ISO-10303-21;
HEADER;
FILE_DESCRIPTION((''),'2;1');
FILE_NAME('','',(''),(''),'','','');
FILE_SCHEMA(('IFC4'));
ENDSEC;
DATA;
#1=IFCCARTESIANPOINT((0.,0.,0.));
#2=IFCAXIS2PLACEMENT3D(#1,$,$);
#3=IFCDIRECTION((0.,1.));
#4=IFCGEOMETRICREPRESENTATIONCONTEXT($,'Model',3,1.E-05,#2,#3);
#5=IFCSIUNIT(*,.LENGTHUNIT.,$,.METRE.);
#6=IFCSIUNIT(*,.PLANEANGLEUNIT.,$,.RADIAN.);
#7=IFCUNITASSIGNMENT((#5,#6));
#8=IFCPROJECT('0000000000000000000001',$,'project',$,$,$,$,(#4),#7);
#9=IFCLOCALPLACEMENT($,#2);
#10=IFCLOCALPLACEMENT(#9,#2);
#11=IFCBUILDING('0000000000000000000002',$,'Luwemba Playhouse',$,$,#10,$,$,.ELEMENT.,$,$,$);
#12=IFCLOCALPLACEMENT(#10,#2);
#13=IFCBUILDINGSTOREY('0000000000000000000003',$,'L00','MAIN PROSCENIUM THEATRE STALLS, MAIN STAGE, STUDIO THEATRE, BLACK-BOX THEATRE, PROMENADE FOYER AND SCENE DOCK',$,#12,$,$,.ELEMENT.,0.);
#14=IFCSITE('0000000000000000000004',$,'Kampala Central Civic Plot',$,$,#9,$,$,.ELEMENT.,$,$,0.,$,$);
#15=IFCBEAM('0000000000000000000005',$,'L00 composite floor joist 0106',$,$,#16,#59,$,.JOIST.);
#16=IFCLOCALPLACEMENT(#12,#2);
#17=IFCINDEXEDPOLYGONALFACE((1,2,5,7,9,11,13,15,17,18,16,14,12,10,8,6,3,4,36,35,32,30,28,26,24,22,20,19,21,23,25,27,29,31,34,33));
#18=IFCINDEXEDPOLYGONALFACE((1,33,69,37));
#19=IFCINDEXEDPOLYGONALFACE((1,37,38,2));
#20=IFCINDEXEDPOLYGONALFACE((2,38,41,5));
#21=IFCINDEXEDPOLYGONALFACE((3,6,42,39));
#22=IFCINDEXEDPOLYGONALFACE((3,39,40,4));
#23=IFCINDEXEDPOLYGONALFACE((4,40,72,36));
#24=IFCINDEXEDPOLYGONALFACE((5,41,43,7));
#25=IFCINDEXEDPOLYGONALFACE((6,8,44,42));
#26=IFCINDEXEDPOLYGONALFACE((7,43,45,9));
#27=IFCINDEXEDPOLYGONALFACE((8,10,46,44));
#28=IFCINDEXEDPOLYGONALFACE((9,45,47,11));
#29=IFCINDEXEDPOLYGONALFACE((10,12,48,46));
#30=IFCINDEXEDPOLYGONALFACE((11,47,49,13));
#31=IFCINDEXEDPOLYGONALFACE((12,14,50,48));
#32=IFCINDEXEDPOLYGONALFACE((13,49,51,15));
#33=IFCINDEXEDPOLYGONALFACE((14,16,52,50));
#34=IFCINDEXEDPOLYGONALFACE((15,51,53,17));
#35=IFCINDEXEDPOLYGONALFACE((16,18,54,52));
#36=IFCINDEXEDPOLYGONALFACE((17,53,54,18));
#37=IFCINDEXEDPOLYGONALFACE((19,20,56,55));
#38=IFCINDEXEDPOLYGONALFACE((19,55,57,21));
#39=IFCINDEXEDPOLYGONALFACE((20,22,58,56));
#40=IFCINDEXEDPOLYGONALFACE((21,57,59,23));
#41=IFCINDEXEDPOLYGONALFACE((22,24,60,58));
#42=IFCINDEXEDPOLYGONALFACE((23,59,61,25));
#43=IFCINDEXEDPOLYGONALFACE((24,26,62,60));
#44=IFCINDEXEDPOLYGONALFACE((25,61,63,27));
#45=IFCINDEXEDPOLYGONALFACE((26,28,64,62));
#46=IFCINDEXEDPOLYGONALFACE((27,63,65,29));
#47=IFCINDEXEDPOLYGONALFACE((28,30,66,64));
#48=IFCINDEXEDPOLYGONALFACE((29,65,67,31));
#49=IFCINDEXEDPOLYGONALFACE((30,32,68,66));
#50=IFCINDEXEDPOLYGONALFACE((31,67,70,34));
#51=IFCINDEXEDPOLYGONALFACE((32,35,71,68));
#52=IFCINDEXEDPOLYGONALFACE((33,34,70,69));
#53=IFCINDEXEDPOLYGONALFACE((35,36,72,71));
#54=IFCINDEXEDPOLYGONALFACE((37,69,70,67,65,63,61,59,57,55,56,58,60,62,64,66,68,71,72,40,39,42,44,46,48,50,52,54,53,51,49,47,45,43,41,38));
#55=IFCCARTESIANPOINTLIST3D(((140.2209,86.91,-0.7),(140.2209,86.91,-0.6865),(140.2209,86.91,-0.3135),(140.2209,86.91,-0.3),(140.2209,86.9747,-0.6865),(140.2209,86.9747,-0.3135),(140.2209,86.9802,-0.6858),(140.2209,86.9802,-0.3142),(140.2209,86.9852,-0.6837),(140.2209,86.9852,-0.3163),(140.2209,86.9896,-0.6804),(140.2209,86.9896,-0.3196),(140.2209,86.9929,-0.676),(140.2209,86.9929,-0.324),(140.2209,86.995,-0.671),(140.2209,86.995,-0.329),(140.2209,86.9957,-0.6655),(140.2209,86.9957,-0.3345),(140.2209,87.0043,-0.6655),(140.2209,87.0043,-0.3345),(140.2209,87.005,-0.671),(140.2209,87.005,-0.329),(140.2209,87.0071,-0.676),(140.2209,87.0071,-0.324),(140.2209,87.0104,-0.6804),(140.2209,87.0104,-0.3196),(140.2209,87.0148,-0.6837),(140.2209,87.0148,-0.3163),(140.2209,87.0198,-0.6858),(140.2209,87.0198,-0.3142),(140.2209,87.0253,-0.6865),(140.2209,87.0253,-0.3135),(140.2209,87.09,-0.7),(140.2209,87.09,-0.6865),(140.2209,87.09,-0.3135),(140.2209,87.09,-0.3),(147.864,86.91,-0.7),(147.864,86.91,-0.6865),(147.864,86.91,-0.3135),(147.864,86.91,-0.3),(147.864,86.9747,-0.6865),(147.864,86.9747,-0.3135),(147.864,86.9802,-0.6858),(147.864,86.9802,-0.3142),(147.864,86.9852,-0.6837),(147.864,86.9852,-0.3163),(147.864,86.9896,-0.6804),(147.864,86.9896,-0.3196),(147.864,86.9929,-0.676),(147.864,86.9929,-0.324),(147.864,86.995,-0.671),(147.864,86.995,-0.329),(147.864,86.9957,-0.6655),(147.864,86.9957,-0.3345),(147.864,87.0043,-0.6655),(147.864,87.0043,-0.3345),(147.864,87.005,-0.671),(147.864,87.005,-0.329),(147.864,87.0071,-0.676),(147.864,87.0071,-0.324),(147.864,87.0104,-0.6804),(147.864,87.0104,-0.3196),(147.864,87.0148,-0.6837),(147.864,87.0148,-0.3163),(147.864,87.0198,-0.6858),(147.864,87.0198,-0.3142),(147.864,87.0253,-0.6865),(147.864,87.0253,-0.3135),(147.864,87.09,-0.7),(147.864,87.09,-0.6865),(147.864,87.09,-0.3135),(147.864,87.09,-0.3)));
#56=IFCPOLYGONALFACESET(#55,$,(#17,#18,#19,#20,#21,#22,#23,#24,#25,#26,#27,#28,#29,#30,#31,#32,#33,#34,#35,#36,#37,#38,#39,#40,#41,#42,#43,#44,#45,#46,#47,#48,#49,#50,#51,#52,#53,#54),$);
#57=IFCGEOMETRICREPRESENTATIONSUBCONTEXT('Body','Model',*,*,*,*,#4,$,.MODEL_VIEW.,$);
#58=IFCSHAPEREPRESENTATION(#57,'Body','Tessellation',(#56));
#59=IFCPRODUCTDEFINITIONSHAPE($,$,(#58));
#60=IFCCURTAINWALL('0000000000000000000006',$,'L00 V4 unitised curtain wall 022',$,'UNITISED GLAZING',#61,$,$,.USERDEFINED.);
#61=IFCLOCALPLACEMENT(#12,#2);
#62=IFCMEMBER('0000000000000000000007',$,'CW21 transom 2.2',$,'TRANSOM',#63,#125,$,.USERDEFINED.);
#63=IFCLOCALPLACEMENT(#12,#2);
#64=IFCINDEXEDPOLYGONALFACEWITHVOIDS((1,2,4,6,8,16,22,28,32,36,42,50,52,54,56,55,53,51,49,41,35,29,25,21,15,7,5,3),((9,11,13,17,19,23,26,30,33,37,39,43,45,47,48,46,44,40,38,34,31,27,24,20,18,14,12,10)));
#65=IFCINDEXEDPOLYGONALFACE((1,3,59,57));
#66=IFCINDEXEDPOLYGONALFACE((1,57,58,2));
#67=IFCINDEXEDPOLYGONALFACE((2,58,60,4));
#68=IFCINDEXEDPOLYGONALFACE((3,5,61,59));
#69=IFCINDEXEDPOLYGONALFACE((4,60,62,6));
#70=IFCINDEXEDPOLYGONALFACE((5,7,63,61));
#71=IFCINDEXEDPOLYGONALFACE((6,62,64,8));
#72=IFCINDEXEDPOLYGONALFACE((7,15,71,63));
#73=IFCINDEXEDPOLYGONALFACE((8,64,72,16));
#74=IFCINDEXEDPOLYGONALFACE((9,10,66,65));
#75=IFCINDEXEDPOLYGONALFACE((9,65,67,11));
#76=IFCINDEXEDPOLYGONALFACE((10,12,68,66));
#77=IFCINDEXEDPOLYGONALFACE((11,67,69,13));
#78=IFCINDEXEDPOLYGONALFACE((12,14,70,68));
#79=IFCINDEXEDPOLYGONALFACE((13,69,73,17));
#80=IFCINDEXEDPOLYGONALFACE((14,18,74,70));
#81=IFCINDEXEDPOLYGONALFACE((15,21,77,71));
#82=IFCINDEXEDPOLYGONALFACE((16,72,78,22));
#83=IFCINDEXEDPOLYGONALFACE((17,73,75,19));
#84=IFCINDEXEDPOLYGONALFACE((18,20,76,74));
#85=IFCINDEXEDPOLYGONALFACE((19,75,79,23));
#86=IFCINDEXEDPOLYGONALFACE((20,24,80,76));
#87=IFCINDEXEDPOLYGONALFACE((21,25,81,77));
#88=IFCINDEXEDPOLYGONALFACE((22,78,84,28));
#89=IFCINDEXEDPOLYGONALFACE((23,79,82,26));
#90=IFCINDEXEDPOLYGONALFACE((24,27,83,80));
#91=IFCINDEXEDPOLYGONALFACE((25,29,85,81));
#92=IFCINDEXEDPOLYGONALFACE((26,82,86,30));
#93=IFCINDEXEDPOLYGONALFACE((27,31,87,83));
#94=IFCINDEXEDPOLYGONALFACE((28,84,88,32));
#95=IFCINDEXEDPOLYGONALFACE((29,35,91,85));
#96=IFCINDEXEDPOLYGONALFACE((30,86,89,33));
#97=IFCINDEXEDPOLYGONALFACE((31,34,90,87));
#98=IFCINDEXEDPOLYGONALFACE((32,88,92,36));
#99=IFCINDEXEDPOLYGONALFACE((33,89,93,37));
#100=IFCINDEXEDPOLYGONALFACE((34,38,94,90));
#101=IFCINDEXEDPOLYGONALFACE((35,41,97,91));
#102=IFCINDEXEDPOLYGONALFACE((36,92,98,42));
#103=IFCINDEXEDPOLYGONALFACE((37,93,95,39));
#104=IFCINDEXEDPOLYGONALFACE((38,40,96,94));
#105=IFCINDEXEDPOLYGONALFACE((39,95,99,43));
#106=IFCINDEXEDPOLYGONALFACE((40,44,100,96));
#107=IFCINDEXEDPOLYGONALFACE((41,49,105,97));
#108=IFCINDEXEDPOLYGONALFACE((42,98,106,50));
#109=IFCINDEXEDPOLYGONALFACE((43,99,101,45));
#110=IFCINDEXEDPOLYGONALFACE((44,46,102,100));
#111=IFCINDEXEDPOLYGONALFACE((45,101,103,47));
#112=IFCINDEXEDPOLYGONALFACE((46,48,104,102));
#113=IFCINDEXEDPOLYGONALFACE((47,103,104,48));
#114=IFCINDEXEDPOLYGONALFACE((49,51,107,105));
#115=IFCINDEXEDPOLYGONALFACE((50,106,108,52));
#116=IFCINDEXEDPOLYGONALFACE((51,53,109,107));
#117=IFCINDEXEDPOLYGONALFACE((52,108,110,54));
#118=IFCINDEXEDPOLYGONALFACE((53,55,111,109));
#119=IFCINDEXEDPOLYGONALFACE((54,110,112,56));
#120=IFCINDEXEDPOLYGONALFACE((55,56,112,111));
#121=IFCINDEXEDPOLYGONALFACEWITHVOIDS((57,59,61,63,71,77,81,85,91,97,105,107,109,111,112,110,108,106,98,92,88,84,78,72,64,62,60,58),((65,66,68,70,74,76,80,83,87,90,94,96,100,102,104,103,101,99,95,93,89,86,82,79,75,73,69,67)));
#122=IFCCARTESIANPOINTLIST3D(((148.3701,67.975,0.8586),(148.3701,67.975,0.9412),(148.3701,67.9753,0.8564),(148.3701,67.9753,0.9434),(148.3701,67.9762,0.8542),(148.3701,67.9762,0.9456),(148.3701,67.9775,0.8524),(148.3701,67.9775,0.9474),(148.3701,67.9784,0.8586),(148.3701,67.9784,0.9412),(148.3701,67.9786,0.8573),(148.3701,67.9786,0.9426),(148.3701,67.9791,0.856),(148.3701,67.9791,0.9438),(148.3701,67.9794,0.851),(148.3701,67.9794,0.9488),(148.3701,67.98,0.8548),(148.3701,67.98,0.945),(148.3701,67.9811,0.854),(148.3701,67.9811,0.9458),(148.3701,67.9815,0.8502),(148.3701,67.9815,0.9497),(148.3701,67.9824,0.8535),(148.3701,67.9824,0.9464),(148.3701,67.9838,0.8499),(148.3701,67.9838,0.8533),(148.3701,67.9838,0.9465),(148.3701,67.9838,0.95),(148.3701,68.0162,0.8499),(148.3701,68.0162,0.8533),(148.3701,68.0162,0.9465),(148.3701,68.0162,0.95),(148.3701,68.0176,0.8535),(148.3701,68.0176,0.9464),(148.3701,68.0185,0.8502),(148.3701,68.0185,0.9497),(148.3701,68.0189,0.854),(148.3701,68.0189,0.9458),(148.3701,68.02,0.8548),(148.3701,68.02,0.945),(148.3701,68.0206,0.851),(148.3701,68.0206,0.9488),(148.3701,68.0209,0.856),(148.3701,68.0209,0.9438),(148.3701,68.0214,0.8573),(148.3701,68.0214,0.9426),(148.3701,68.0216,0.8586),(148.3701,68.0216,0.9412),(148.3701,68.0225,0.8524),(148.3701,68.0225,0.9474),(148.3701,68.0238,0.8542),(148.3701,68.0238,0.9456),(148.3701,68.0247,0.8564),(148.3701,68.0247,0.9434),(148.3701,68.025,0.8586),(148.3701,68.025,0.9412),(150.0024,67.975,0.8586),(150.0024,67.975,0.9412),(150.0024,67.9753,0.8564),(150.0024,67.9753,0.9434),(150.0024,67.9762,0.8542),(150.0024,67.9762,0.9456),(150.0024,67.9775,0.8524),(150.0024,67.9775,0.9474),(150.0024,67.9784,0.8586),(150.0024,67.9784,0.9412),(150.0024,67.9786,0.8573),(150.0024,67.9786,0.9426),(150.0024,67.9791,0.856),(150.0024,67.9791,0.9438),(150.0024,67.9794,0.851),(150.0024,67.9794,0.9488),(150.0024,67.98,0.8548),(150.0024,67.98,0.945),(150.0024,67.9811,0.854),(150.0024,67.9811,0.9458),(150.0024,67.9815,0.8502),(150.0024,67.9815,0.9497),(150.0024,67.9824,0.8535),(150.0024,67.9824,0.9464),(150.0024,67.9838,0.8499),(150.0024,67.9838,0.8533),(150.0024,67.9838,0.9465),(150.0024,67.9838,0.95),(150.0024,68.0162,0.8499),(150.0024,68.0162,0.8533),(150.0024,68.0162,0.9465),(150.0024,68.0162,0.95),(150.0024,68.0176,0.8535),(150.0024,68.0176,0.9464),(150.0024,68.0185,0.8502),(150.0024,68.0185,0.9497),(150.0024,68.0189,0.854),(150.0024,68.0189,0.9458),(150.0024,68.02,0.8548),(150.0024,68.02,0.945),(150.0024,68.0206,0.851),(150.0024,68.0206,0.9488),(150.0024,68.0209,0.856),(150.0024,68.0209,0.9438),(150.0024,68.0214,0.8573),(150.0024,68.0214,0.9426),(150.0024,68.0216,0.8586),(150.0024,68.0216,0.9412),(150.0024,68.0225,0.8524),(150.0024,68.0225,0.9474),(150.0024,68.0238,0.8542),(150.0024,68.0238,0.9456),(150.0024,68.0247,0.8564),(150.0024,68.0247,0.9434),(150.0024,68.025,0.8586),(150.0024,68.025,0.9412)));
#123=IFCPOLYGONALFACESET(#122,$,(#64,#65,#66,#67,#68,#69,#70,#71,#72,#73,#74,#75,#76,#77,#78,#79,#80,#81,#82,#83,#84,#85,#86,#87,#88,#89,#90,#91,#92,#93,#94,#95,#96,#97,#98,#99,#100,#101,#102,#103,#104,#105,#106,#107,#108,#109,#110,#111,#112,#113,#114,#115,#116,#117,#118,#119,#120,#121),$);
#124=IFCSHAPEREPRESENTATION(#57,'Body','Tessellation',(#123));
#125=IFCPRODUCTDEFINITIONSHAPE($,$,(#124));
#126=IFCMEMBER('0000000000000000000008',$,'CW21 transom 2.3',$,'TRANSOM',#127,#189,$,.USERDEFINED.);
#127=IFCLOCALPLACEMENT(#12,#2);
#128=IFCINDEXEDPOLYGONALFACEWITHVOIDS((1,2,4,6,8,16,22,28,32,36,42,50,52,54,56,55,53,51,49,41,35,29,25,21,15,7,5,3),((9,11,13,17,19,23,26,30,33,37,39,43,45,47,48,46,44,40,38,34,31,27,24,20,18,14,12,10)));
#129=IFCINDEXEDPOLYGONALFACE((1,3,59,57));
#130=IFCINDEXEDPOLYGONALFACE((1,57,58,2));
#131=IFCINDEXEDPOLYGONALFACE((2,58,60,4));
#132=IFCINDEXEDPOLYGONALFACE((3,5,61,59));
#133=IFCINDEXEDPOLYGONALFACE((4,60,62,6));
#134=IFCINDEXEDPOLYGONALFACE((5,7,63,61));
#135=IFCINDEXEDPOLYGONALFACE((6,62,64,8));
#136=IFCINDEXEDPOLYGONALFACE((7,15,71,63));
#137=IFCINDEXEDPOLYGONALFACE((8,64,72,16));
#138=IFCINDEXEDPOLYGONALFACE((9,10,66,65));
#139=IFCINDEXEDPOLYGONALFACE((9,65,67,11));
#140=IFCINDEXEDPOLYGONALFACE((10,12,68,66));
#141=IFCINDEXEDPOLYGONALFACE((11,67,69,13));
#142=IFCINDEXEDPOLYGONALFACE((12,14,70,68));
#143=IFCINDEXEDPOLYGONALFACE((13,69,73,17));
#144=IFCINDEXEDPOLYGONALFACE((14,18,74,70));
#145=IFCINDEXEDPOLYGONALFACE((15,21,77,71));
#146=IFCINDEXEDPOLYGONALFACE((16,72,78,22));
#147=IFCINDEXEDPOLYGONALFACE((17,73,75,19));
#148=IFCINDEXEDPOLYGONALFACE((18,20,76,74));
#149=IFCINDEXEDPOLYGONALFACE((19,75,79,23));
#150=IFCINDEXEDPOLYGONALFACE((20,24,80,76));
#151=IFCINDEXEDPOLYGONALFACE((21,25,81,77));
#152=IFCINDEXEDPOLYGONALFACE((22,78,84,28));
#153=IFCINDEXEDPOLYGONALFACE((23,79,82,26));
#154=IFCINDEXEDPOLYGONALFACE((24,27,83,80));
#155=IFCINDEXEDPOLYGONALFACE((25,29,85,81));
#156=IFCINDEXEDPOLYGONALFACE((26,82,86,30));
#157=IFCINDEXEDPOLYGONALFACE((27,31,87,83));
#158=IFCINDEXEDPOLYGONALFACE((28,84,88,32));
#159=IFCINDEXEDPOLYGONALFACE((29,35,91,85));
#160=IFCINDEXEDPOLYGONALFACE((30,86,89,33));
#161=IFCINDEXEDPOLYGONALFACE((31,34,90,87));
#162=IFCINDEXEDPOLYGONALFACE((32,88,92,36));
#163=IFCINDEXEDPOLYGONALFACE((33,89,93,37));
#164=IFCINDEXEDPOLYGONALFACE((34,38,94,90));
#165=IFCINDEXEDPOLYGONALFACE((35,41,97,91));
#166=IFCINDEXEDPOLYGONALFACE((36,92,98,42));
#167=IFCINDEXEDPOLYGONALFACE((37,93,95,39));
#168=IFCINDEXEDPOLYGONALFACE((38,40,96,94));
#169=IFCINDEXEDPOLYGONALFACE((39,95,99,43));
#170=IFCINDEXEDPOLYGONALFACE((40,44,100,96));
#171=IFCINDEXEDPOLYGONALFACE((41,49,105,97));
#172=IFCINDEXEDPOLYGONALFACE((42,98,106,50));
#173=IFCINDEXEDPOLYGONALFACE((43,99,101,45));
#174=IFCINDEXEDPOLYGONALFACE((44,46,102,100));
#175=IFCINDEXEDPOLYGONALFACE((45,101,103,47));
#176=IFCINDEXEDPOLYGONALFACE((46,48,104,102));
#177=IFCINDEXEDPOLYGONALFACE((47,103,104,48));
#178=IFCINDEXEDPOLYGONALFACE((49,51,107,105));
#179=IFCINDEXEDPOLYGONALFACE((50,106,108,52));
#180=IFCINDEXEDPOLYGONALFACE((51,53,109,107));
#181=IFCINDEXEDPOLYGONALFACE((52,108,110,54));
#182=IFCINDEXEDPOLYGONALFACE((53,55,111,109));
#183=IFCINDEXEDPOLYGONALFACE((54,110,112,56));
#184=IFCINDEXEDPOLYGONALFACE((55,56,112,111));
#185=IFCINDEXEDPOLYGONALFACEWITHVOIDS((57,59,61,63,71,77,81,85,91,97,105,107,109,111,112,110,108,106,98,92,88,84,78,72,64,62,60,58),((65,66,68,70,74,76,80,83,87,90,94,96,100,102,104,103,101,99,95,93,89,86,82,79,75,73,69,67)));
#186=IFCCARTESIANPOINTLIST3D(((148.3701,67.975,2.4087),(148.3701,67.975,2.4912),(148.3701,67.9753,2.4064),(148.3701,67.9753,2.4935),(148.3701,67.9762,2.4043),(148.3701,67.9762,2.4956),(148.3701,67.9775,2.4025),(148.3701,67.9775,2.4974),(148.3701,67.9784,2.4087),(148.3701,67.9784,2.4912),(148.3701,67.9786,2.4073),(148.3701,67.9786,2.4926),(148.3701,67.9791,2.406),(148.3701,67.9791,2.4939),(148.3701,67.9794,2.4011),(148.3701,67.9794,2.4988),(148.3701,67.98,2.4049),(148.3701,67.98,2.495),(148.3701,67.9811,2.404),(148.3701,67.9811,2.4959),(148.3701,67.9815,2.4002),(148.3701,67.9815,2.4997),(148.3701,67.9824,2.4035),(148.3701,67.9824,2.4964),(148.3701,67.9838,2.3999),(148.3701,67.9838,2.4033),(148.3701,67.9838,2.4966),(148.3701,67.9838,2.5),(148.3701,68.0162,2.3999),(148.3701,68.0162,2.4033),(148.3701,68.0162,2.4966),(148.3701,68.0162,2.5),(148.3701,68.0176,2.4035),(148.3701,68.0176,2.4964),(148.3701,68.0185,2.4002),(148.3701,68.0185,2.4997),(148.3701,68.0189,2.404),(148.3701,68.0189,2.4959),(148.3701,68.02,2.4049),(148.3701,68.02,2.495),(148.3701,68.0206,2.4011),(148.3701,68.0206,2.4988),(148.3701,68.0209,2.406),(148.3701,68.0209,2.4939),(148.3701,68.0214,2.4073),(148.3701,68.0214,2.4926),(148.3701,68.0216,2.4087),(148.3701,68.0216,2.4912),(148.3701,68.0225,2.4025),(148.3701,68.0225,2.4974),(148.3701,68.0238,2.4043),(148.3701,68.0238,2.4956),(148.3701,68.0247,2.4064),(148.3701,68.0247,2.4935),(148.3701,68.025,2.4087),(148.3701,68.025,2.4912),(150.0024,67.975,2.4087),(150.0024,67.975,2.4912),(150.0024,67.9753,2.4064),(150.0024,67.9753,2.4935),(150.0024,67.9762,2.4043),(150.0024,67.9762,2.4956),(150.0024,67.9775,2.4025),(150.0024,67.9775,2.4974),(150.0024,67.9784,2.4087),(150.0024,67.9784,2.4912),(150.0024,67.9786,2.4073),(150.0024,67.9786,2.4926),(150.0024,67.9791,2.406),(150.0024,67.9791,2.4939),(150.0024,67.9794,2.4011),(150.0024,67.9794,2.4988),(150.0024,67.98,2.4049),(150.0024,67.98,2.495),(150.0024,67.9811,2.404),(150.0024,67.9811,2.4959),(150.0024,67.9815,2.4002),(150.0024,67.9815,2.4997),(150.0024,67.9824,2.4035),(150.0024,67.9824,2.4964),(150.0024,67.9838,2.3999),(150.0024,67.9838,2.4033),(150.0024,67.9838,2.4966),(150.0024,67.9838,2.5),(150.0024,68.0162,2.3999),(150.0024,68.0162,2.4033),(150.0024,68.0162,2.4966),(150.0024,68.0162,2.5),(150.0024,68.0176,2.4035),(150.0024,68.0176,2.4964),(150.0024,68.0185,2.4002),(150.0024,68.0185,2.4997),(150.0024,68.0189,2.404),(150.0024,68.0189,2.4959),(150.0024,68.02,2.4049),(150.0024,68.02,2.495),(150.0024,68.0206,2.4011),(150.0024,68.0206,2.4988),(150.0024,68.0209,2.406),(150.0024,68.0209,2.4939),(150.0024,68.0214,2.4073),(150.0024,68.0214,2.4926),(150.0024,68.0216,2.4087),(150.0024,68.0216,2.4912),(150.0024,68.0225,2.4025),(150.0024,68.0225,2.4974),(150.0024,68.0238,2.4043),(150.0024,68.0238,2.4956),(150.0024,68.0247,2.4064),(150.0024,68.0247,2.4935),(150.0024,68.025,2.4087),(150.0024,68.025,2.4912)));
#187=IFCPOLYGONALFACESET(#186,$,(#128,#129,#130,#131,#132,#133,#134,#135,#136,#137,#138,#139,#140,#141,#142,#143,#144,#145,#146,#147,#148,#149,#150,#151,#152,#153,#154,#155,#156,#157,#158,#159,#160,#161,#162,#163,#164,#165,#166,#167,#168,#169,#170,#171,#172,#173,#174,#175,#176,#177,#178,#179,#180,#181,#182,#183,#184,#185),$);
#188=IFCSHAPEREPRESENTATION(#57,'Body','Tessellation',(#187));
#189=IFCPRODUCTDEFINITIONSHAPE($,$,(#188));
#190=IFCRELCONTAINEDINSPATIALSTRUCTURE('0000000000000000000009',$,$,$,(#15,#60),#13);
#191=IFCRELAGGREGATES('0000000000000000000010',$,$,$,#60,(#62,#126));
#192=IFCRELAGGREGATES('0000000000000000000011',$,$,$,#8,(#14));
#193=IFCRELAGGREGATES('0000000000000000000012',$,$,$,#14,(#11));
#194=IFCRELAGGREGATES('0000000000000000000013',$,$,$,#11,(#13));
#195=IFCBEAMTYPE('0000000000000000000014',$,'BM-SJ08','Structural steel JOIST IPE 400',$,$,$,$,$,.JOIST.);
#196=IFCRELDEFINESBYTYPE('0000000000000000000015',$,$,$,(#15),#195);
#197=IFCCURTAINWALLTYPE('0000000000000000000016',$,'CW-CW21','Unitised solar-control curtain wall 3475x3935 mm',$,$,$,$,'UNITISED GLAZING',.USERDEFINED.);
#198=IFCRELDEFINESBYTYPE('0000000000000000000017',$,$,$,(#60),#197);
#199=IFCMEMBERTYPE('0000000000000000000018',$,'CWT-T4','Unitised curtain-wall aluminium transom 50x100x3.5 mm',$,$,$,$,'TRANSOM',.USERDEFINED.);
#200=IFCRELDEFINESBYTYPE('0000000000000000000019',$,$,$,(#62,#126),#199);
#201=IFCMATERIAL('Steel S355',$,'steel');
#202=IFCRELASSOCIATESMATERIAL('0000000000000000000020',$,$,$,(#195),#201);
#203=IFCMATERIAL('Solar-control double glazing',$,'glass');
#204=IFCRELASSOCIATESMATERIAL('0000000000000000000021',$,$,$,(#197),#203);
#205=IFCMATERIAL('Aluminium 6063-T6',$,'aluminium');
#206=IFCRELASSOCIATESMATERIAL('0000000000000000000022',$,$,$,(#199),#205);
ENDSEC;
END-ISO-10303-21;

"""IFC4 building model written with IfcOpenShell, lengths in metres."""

from ifc_helpers import new_model, si_unit, direction, frame, origin, origin_2d, place, context, subcontext, project, spatial, hollow_rectangle, i_section, extrude, material, material_profile, profile_set, type_object, element, aggregate, save


model = new_model("IFC4")

# Units and contexts
model_context = context("Model", 3, precision=1e-05, world=origin(), true_north=direction((0.0, 1.0)))
body_context = subcontext(model_context, "Body", "Model", "MODEL_VIEW")
ifc_project = project(units=[si_unit("LENGTHUNIT", "METRE"), si_unit("PLANEANGLEUNIT", "RADIAN")], contexts=[model_context])

# Site, building, storey
site_placement = place(None, origin())
site = spatial("IfcSite", under=ifc_project, at=site_placement, Name="Kampala Central Civic Plot", CompositionType="ELEMENT", RefElevation=0.0)
building_placement = place(site_placement, origin())
building = spatial("IfcBuilding", under=site, at=building_placement, Name="Luwemba Playhouse", CompositionType="ELEMENT")
storey_placement = place(building_placement, origin())
storey = spatial("IfcBuildingStorey", under=building, at=storey_placement, Name="L00", Description="MAIN PROSCENIUM THEATRE STALLS, MAIN STAGE, STUDIO THEATRE, BLACK-BOX THEATRE, PROMENADE FOYER AND SCENE DOCK", CompositionType="ELEMENT", Elevation=0.0)

# Beam
ifc_material_1 = material(Name="Steel S355", Category="steel")
ifc_material_profile_1 = material_profile(ifc_material_1, i_section(OverallWidth=0.1799, OverallDepth=0.3999, WebThickness=0.0085, FlangeThickness=0.0134, FilletRadius=0.021, at=origin_2d()))
ifc_profile_set_1 = profile_set([ifc_material_profile_1], Name="Steel S355")
beam_type_1 = type_object("IfcBeamType", Name="BM-SJ08", Description="Structural steel JOIST IPE 400", PredefinedType="JOIST", material=ifc_profile_set_1)
beam_1_placement = place(storey_placement, frame((140.2209, 87.0, -0.5), z_axis=(1.0, 0.0, 0.0), x_axis=(0.0, 1.0, 0.0)))
element("IfcBeam", 1, at=beam_1_placement, inside=storey, type_object=beam_type_1, Name="L00 composite floor joist 0106", PredefinedType="JOIST", context=body_context, shape_type="SweptSolid", body=[
    extrude(i_section(OverallWidth=0.1799, OverallDepth=0.3999, WebThickness=0.0085, FlangeThickness=0.0134, FilletRadius=0.021, at=origin_2d()), origin(), (0.0, 0.0, 1.0), 7.6431),
])

# Curtain wall, members
ifc_material_2 = material(Name="Solar-control double glazing", Category="glass")
curtain_wall_type = type_object("IfcCurtainWallType", Name="CW-CW21", Description="Unitised solar-control curtain wall 3475x3935 mm", ElementType="UNITISED GLAZING", PredefinedType="USERDEFINED", material=ifc_material_2)
curtain_wall_placement = place(storey_placement, origin())
curtain_wall = element("IfcCurtainWall", 2, at=curtain_wall_placement, inside=storey, type_object=curtain_wall_type, Name="L00 V4 unitised curtain wall 022", ObjectType="UNITISED GLAZING", PredefinedType="USERDEFINED")
ifc_material_3 = material(Name="Aluminium 6063-T6", Category="aluminium")
ifc_material_profile_2 = material_profile(ifc_material_3, hollow_rectangle(XDim=0.05, YDim=0.1001, WallThickness=0.0034, InnerFilletRadius=0.0054, OuterFilletRadius=0.0088, at=origin_2d()))
ifc_profile_set_2 = profile_set([ifc_material_profile_2], Name="Aluminium 6063-T6")
member_type = type_object("IfcMemberType", Name="CWT-T4", Description="Unitised curtain-wall aluminium transom 50x100x3.5 mm", ElementType="TRANSOM", PredefinedType="USERDEFINED", material=ifc_profile_set_2)
member_1_placement = place(storey_placement, frame((150.0024, 68.0, 0.8999), z_axis=(-1.0, 0.0, 0.0), x_axis=(0.0, -1.0, 0.0)))
member_1 = element("IfcMember", 3, at=member_1_placement, type_object=member_type, Name="CW21 transom 2.2", ObjectType="TRANSOM", PredefinedType="USERDEFINED", context=body_context, shape_type="SweptSolid", body=[
    extrude(hollow_rectangle(XDim=0.05, YDim=0.1001, WallThickness=0.0034, InnerFilletRadius=0.0054, OuterFilletRadius=0.0088, at=origin_2d()), origin(), (0.0, 0.0, 1.0), 1.6323),
])
member_2_placement = place(storey_placement, frame((150.0024, 68.0, 2.45), z_axis=(-1.0, 0.0, 0.0), x_axis=(0.0, -1.0, 0.0)))
member_2 = element("IfcMember", 4, at=member_2_placement, type_object=member_type, Name="CW21 transom 2.3", ObjectType="TRANSOM", PredefinedType="USERDEFINED", context=body_context, shape_type="SweptSolid", body=[
    extrude(hollow_rectangle(XDim=0.05, YDim=0.1001, WallThickness=0.0034, InnerFilletRadius=0.0054, OuterFilletRadius=0.0088, at=origin_2d()), origin(), (0.0, 0.0, 1.0), 1.6323),
])
aggregate(curtain_wall, [member_1, member_2])

save(model, "model.ifc")
